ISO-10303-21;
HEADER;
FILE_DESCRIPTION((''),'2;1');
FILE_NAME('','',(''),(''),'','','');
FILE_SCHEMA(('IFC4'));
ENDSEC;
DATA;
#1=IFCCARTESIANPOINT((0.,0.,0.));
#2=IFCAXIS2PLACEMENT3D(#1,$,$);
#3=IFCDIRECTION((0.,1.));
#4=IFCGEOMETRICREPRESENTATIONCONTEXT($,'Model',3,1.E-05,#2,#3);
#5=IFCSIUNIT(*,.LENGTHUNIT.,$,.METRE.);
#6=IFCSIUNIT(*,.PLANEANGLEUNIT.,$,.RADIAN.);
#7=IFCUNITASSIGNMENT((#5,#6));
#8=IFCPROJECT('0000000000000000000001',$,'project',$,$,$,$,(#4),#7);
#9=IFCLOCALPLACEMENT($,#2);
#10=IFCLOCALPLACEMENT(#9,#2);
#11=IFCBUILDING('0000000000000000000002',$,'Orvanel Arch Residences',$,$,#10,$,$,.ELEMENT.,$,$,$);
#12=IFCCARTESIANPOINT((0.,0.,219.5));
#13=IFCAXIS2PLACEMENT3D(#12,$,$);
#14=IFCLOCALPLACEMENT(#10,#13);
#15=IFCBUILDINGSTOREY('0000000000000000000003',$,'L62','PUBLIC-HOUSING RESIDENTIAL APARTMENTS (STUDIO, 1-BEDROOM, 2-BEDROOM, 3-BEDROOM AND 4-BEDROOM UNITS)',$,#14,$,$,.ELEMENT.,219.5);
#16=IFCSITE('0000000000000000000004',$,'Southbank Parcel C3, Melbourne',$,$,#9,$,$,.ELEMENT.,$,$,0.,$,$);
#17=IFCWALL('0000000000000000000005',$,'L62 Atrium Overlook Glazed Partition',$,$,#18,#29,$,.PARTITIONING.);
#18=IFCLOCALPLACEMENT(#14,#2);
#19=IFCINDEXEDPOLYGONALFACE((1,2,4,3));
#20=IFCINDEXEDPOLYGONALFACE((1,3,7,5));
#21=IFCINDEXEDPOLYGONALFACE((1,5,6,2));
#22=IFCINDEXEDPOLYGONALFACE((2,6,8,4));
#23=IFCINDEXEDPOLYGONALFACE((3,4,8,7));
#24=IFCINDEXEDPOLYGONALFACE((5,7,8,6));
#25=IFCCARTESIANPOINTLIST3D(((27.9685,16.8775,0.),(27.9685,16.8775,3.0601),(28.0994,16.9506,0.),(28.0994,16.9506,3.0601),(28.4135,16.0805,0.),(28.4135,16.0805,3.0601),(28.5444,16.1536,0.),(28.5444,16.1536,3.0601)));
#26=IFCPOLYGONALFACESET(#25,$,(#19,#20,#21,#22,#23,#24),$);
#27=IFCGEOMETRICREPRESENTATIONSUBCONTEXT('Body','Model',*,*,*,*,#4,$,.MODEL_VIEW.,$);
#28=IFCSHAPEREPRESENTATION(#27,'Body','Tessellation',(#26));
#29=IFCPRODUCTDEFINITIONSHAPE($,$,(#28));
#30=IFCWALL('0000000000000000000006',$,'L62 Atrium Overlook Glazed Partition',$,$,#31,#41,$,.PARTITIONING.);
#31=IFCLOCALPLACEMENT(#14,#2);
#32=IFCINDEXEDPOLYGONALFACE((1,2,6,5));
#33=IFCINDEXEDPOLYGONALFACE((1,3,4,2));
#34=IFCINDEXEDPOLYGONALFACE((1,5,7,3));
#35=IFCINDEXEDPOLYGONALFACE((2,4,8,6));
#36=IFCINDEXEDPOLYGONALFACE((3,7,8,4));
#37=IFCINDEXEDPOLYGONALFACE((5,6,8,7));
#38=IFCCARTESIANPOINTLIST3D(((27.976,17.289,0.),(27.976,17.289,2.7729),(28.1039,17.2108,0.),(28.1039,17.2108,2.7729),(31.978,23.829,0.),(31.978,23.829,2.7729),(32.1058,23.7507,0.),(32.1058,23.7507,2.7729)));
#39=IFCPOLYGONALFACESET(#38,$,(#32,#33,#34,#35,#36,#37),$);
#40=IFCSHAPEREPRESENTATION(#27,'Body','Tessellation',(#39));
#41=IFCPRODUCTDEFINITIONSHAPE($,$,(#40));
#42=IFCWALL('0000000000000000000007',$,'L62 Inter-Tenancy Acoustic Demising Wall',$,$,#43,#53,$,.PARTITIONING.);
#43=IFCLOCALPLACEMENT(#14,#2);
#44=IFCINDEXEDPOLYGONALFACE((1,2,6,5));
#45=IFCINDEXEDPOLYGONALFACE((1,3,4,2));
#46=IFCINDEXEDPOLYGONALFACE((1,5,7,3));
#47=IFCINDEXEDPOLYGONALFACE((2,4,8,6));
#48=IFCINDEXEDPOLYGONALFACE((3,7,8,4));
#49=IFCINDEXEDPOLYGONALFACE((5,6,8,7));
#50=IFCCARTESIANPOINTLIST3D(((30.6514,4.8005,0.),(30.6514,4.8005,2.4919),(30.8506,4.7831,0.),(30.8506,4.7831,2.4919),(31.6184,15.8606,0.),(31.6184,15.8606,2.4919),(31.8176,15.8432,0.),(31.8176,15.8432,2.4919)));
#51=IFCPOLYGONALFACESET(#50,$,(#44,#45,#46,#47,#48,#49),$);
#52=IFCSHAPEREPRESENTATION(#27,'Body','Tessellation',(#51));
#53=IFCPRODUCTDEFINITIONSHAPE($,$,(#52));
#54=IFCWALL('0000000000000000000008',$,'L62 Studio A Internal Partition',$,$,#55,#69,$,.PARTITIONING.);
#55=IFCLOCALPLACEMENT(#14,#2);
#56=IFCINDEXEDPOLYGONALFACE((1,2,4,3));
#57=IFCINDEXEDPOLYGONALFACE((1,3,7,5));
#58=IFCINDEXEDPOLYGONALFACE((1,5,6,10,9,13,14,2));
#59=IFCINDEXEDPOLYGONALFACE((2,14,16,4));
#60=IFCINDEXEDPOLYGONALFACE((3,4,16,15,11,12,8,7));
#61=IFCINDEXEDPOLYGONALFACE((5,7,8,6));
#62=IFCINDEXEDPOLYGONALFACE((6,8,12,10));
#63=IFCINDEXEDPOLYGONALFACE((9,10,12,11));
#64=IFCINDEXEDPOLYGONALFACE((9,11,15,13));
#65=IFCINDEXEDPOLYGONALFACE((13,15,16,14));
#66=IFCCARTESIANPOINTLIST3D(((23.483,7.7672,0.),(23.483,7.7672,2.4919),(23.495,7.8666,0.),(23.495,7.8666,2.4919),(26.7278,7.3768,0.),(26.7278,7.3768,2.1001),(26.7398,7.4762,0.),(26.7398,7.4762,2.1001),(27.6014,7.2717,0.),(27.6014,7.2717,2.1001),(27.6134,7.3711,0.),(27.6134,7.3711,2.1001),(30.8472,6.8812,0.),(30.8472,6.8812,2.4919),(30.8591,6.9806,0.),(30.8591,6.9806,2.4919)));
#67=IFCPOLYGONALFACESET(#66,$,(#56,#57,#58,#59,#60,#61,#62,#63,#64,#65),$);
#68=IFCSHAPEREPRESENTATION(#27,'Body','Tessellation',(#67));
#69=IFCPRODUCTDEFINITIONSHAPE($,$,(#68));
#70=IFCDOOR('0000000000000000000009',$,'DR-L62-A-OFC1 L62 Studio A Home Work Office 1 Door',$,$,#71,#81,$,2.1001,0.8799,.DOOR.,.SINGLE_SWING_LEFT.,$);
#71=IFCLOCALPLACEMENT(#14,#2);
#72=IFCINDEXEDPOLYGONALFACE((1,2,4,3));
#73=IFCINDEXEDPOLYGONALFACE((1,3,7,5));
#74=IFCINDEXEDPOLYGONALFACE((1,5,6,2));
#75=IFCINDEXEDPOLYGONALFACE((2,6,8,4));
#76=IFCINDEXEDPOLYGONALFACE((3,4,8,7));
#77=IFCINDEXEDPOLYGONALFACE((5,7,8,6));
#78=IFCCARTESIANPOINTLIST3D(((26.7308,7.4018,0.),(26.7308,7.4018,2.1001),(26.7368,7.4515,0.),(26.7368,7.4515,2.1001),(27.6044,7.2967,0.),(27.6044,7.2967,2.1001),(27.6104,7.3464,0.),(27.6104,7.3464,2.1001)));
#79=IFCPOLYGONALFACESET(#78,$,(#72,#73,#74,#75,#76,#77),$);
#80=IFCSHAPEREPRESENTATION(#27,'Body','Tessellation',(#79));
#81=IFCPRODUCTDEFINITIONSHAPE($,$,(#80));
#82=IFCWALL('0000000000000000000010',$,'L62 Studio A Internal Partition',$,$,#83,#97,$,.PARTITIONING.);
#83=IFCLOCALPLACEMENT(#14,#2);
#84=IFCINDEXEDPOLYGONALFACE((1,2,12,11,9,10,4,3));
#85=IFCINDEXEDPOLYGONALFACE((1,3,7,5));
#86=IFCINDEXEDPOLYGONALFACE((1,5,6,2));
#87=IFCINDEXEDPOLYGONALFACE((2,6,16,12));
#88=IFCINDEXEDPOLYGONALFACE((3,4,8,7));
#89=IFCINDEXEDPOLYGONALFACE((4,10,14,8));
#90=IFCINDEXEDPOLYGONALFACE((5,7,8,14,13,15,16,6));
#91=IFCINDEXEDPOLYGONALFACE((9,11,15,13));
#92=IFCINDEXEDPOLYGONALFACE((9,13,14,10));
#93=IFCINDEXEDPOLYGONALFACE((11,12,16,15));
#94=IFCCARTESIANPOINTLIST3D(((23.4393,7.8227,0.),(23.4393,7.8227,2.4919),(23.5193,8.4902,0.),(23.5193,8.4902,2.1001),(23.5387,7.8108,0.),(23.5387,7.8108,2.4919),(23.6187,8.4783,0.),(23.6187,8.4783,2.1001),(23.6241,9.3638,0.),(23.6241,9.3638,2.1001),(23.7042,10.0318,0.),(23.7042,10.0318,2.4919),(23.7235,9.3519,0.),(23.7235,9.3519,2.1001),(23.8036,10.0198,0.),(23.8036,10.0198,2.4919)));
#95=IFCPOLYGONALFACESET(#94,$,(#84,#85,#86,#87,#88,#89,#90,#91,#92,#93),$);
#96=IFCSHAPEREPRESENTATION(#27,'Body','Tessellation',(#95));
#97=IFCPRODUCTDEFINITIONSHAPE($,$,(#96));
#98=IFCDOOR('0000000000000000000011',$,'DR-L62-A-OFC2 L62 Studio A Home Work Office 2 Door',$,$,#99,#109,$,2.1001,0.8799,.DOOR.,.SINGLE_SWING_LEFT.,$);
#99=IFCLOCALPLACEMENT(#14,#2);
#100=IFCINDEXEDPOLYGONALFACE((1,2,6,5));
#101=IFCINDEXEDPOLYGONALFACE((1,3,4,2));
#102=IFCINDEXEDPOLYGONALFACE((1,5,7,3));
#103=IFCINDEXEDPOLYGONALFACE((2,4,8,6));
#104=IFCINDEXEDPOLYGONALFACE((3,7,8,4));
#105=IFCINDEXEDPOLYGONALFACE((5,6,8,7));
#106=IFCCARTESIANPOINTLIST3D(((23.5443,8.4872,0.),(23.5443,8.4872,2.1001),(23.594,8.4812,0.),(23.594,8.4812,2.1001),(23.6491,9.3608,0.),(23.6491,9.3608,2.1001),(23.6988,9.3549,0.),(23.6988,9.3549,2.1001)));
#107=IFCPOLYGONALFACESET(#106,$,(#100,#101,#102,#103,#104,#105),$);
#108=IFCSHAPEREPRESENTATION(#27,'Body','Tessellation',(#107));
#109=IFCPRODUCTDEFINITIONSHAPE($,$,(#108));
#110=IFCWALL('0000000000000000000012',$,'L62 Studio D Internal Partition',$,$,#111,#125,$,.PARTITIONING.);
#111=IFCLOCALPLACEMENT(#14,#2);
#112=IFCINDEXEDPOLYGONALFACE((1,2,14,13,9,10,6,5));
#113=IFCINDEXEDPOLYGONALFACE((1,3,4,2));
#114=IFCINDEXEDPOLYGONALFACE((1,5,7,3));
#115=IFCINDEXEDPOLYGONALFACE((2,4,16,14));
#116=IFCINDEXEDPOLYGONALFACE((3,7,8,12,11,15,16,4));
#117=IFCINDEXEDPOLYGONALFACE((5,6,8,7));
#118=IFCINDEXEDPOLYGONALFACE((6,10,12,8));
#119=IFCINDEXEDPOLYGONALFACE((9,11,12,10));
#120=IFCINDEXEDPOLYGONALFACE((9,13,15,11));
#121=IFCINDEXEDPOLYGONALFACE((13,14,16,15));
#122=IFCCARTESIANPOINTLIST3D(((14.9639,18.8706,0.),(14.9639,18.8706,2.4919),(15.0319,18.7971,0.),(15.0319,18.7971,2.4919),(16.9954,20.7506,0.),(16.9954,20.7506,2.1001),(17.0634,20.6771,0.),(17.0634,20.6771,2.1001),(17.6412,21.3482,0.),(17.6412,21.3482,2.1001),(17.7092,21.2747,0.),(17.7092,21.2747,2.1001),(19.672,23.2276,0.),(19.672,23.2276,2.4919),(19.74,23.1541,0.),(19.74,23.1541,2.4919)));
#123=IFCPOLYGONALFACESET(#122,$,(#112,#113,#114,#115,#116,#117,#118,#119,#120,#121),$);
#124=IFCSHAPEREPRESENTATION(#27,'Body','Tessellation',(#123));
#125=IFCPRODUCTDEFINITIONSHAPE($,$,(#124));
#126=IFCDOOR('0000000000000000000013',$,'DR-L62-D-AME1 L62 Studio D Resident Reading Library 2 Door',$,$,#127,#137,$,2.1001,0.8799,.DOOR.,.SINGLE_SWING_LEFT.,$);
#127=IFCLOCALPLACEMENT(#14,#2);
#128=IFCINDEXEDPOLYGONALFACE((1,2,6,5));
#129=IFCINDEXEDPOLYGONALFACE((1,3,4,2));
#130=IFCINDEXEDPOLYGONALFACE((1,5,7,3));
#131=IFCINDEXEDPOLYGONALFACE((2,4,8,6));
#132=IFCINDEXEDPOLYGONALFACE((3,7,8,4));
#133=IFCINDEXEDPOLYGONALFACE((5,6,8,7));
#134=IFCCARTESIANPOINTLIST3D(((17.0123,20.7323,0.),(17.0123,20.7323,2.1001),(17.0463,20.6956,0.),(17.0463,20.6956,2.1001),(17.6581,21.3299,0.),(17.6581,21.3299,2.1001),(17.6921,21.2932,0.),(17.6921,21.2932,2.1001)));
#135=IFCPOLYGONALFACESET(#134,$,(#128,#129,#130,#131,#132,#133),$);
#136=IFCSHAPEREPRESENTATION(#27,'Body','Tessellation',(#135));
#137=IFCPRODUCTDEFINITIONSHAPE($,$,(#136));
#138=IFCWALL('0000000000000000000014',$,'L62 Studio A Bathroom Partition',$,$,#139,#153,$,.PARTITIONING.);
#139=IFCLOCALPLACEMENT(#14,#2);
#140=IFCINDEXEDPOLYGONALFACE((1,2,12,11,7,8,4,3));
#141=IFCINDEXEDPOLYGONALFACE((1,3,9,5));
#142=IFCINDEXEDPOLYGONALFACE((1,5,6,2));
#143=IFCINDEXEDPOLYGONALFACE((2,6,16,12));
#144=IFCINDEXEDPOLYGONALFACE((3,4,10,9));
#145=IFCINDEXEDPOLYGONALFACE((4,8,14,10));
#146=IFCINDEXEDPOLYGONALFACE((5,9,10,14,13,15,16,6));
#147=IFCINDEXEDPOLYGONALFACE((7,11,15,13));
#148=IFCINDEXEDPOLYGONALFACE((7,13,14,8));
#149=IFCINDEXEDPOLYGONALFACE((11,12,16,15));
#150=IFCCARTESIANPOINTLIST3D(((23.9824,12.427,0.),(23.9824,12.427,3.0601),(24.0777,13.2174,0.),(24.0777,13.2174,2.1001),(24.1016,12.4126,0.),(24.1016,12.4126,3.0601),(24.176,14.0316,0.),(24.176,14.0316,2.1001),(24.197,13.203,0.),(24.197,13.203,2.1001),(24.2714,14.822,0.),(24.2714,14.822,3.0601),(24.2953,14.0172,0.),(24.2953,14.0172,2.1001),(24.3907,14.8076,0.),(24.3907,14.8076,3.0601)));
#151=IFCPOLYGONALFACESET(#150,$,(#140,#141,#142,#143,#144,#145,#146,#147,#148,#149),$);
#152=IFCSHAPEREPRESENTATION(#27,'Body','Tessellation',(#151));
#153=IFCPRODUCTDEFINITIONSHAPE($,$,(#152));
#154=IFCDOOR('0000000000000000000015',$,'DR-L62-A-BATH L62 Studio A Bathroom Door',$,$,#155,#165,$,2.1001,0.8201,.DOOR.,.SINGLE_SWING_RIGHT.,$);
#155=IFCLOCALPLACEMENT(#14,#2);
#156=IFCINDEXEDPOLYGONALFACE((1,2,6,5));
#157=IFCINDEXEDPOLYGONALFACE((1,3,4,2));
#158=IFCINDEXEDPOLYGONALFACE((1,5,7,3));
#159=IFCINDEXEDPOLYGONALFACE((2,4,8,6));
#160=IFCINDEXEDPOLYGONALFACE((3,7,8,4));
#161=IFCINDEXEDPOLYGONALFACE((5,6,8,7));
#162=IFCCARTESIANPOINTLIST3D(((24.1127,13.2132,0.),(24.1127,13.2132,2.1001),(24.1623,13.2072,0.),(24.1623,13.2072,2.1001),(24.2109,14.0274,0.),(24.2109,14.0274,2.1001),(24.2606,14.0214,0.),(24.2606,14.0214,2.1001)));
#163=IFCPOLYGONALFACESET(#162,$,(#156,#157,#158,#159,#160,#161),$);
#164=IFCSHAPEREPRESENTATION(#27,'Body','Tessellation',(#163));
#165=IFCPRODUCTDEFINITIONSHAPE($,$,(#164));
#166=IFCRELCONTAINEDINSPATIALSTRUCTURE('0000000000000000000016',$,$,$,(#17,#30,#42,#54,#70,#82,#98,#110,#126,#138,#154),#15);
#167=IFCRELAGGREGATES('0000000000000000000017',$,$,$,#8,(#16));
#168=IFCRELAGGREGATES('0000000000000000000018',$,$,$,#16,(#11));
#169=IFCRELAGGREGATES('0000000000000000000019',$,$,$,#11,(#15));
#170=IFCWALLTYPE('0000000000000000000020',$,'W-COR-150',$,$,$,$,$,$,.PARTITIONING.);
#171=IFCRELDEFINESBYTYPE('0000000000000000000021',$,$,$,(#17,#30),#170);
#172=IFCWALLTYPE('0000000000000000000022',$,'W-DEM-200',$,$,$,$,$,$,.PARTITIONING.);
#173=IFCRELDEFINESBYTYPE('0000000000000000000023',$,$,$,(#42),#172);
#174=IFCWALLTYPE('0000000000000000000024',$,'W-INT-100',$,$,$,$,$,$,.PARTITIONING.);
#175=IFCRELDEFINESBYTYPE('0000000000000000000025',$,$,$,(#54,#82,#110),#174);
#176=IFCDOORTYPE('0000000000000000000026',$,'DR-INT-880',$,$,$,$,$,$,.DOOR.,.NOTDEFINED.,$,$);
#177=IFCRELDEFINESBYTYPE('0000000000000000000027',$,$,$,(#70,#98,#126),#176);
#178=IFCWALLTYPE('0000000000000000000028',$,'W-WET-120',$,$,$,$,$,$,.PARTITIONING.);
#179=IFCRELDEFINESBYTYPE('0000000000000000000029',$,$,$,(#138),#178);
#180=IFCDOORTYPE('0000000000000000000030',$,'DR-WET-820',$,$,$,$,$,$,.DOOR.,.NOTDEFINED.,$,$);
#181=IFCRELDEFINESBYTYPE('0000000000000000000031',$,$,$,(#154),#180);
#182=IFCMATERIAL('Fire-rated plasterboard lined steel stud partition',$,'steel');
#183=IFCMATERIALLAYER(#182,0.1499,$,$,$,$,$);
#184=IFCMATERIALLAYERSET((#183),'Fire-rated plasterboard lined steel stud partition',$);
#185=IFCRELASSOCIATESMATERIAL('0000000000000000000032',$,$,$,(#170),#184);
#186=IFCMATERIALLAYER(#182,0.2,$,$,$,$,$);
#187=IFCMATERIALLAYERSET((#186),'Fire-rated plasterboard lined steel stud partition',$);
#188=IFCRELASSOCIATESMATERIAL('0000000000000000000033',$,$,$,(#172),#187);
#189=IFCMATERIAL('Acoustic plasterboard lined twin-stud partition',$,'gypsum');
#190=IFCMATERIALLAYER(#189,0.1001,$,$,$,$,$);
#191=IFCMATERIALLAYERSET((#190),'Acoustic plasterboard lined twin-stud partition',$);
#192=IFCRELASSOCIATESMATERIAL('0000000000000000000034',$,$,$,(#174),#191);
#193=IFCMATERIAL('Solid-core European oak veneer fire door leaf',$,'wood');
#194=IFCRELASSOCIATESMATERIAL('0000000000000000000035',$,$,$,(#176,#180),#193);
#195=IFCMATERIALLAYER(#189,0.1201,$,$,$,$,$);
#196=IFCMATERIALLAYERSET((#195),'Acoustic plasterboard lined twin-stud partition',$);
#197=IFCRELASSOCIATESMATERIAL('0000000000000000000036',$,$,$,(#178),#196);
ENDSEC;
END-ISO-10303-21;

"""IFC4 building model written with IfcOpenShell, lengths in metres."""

from ifc_helpers import new_model, si_unit, direction, frame, frame_2d, origin, place, context, subcontext, project, spatial, rectangle, extrude, material, layer, layer_set, type_object, element, fill, save


model = new_model("IFC4")

# Units and contexts
model_context = context("Model", 3, precision=1e-05, world=origin(), true_north=direction((0.0, 1.0)))
body_context = subcontext(model_context, "Body", "Model", "MODEL_VIEW")
ifc_project = project(units=[si_unit("LENGTHUNIT", "METRE"), si_unit("PLANEANGLEUNIT", "RADIAN")], contexts=[model_context])

# Site, building, storey
site_placement = place(None, origin())
site = spatial("IfcSite", under=ifc_project, at=site_placement, Name="Southbank Parcel C3, Melbourne", CompositionType="ELEMENT", RefElevation=0.0)
building_placement = place(site_placement, origin())
building = spatial("IfcBuilding", under=site, at=building_placement, Name="Orvanel Arch Residences", CompositionType="ELEMENT")
storey_placement = place(building_placement, frame((0.0, 0.0, 219.5)))
storey = spatial("IfcBuildingStorey", under=building, at=storey_placement, Name="L62", Description="PUBLIC-HOUSING RESIDENTIAL APARTMENTS (STUDIO, 1-BEDROOM, 2-BEDROOM, 3-BEDROOM AND 4-BEDROOM UNITS)", CompositionType="ELEMENT", Elevation=219.5)

# Walls
ifc_material_1 = material(Name="Fire-rated plasterboard lined steel stud partition", Category="steel")
ifc_layer_1 = layer(ifc_material_1, 0.1499)
ifc_layer_set_1 = layer_set([ifc_layer_1], Name="Fire-rated plasterboard lined steel stud partition")
wall_type_1 = type_object("IfcWallType", Name="W-COR-150", PredefinedType="PARTITIONING", material=ifc_layer_set_1)
wall_1_placement = place(storey_placement, frame((28.479, 16.1169, 0.0), z_axis=(0.0, 0.0, 1.0), x_axis=(-0.487504, 0.873121, 0.0)))
element("IfcWall", 1, at=wall_1_placement, inside=storey, type_object=wall_type_1, Name="L62 Atrium Overlook Glazed Partition", PredefinedType="PARTITIONING", context=body_context, shape_type="SweptSolid", body=[
    extrude(rectangle(XDim=0.9128, YDim=0.1499, at=frame_2d((0.4565, 0.0))), origin(), (0.0, 0.0, 1.0), 3.0601),
])
wall_2_placement = place(storey_placement, frame((28.04, 17.25, 0.0), z_axis=(0.0, 0.0, 1.0), x_axis=(0.52195, 0.852976, 0.0)))
element("IfcWall", 2, at=wall_2_placement, inside=storey, type_object=wall_type_1, Name="L62 Atrium Overlook Glazed Partition", PredefinedType="PARTITIONING", context=body_context, shape_type="SweptSolid", body=[
    extrude(rectangle(XDim=7.6672, YDim=0.1499, at=frame_2d((3.8335, 0.0))), origin(), (0.0, 0.0, 1.0), 2.7729),
])
ifc_layer_2 = layer(ifc_material_1, 0.2)
ifc_layer_set_2 = layer_set([ifc_layer_2], Name="Fire-rated plasterboard lined steel stud partition")
wall_type_2 = type_object("IfcWallType", Name="W-DEM-200", PredefinedType="PARTITIONING", material=ifc_layer_set_2)
wall_3_placement = place(storey_placement, frame((31.718, 15.8521, 0.0), z_axis=(0.0, 0.0, 1.0), x_axis=(-0.087103, -0.996199, 0.0)))
element("IfcWall", 3, at=wall_3_placement, inside=storey, type_object=wall_type_2, Name="L62 Inter-Tenancy Acoustic Demising Wall", PredefinedType="PARTITIONING", context=body_context, shape_type="SweptSolid", body=[
    extrude(rectangle(XDim=11.1023, YDim=0.2, at=frame_2d((5.5513, 0.0))), origin(), (0.0, 0.0, 1.0), 2.4919),
])

# Walls, openings, doors
ifc_material_2 = material(Name="Acoustic plasterboard lined twin-stud partition", Category="gypsum")
ifc_layer_3 = layer(ifc_material_2, 0.1001)
ifc_layer_set_3 = layer_set([ifc_layer_3], Name="Acoustic plasterboard lined twin-stud partition")
wall_type_3 = type_object("IfcWallType", Name="W-INT-100", PredefinedType="PARTITIONING", material=ifc_layer_set_3)
wall_4_placement = place(storey_placement, frame((30.853, 6.9309, 0.0), z_axis=(0.0, 0.0, 1.0), x_axis=(-0.99284, 0.119452, 0.0)))
wall_4 = element("IfcWall", 4, at=wall_4_placement, inside=storey, type_object=wall_type_3, Name="L62 Studio A Internal Partition", PredefinedType="PARTITIONING", context=body_context, shape_type="SweptSolid", body=[
    extrude(rectangle(XDim=7.4172, YDim=0.1001, at=frame_2d((3.7085, 0.0))), origin(), (0.0, 0.0, 1.0), 2.4919),
])
opening_1_placement = place(wall_4_placement, frame((3.269, 0.0, 0.0)))
opening_1 = element("IfcOpeningElement", 5, at=opening_1_placement, cuts=wall_4, PredefinedType="OPENING", context=body_context, shape_type="SweptSolid", body=[
    extrude(rectangle(XDim=0.8799, YDim=2.1001, at=frame_2d((0.4399, 1.05))), frame((0.0, 0.0601, 0.0), z_axis=(0.0, -1.0, 0.0), x_axis=(1.0, 0.0, 0.0)), (0.0, 0.0, 1.0), 0.1201),
])
ifc_material_3 = material(Name="Solid-core European oak veneer fire door leaf", Category="wood")
door_type_1 = type_object("IfcDoorType", Name="DR-INT-880", OperationType="NOTDEFINED", PredefinedType="DOOR", material=ifc_material_3)
door_1_placement = place(opening_1_placement, origin())
door_1 = element("IfcDoor", 6, at=door_1_placement, inside=storey, type_object=door_type_1, Name="DR-L62-A-OFC1 L62 Studio A Home Work Office 1 Door", OperationType="SINGLE_SWING_LEFT", OverallHeight=2.1001, OverallWidth=0.8799, PredefinedType="DOOR", context=body_context, shape_type="SweptSolid", body=[
    extrude(rectangle(XDim=0.8799, YDim=2.1001, at=frame_2d((0.4399, 1.05))), frame((0.0, 0.0249, 0.0), z_axis=(0.0, -1.0, 0.0), x_axis=(1.0, 0.0, 0.0)), (0.0, 0.0, 1.0), 0.05),
])
fill(opening_1, door_1)
wall_5_placement = place(storey_placement, frame((23.489, 7.8169, 0.0), z_axis=(0.0, 0.0, 1.0), x_axis=(0.119063, 0.992887, 0.0)))
wall_5 = element("IfcWall", 7, at=wall_5_placement, inside=storey, type_object=wall_type_3, Name="L62 Studio A Internal Partition", PredefinedType="PARTITIONING", context=body_context, shape_type="SweptSolid", body=[
    extrude(rectangle(XDim=2.2249, YDim=0.1001, at=frame_2d((1.1123, 0.0))), origin(), (0.0, 0.0, 1.0), 2.4919),
])
opening_2_placement = place(wall_5_placement, frame((0.6721, 0.0, 0.0)))
opening_2 = element("IfcOpeningElement", 8, at=opening_2_placement, cuts=wall_5, PredefinedType="OPENING", context=body_context, shape_type="SweptSolid", body=[
    extrude(rectangle(XDim=0.8799, YDim=2.1001, at=frame_2d((0.4399, 1.05))), frame((0.0, 0.0601, 0.0), z_axis=(0.0, -1.0, 0.0), x_axis=(1.0, 0.0, 0.0)), (0.0, 0.0, 1.0), 0.1201),
])
door_2_placement = place(opening_2_placement, origin())
door_2 = element("IfcDoor", 9, at=door_2_placement, inside=storey, type_object=door_type_1, Name="DR-L62-A-OFC2 L62 Studio A Home Work Office 2 Door", OperationType="SINGLE_SWING_LEFT", OverallHeight=2.1001, OverallWidth=0.8799, PredefinedType="DOOR", context=body_context, shape_type="SweptSolid", body=[
    extrude(rectangle(XDim=0.8799, YDim=2.1001, at=frame_2d((0.4399, 1.05))), frame((0.0, 0.0249, 0.0), z_axis=(0.0, -1.0, 0.0), x_axis=(1.0, 0.0, 0.0)), (0.0, 0.0, 1.0), 0.05),
])
fill(opening_2, door_2)
wall_6_placement = place(storey_placement, frame((19.7061, 23.1909, 0.0), z_axis=(0.0, 0.0, 1.0), x_axis=(-0.733942, -0.679212, 0.0)))
wall_6 = element("IfcWall", 10, at=wall_6_placement, inside=storey, type_object=wall_type_3, Name="L62 Studio D Internal Partition", PredefinedType="PARTITIONING", context=body_context, shape_type="SweptSolid", body=[
    extrude(rectangle(XDim=6.4148, YDim=0.1001, at=frame_2d((3.2075, 0.0))), origin(), (0.0, 0.0, 1.0), 2.4919),
])
opening_3_placement = place(wall_6_placement, frame((2.7671, 0.0, 0.0)))
opening_3 = element("IfcOpeningElement", 11, at=opening_3_placement, cuts=wall_6, PredefinedType="OPENING", context=body_context, shape_type="SweptSolid", body=[
    extrude(rectangle(XDim=0.8799, YDim=2.1001, at=frame_2d((0.4399, 1.05))), frame((0.0, 0.0601, 0.0), z_axis=(0.0, -1.0, 0.0), x_axis=(1.0, 0.0, 0.0)), (0.0, 0.0, 1.0), 0.1201),
])
door_3_placement = place(opening_3_placement, origin())
door_3 = element("IfcDoor", 12, at=door_3_placement, inside=storey, type_object=door_type_1, Name="DR-L62-D-AME1 L62 Studio D Resident Reading Library 2 Door", OperationType="SINGLE_SWING_LEFT", OverallHeight=2.1001, OverallWidth=0.8799, PredefinedType="DOOR", context=body_context, shape_type="SweptSolid", body=[
    extrude(rectangle(XDim=0.8799, YDim=2.1001, at=frame_2d((0.4399, 1.05))), frame((0.0, 0.0249, 0.0), z_axis=(0.0, -1.0, 0.0), x_axis=(1.0, 0.0, 0.0)), (0.0, 0.0, 1.0), 0.05),
])
fill(opening_3, door_3)
ifc_layer_4 = layer(ifc_material_2, 0.1201)
ifc_layer_set_4 = layer_set([ifc_layer_4], Name="Acoustic plasterboard lined twin-stud partition")
wall_type_4 = type_object("IfcWallType", Name="W-WET-120", PredefinedType="PARTITIONING", material=ifc_layer_set_4)
wall_7_placement = place(storey_placement, frame((24.042, 12.4199, 0.0), z_axis=(0.0, 0.0, 1.0), x_axis=(0.119824, 0.992795, 0.0)))
wall_7 = element("IfcWall", 13, at=wall_7_placement, inside=storey, type_object=wall_type_4, Name="L62 Studio A Bathroom Partition", PredefinedType="PARTITIONING", context=body_context, shape_type="SweptSolid", body=[
    extrude(rectangle(XDim=2.4124, YDim=0.1201, at=frame_2d((1.2061, 0.0))), origin(), (0.0, 0.0, 1.0), 3.0601),
])
opening_4_placement = place(wall_7_placement, frame((0.7959, 0.0, 0.0)))
opening_4 = element("IfcOpeningElement", 14, at=opening_4_placement, cuts=wall_7, PredefinedType="OPENING", context=body_context, shape_type="SweptSolid", body=[
    extrude(rectangle(XDim=0.8201, YDim=2.1001, at=frame_2d((0.4102, 1.05))), frame((0.0, 0.0701, 0.0), z_axis=(0.0, -1.0, 0.0), x_axis=(1.0, 0.0, 0.0)), (0.0, 0.0, 1.0), 0.1401),
])
door_type_2 = type_object("IfcDoorType", Name="DR-WET-820", OperationType="NOTDEFINED", PredefinedType="DOOR", material=ifc_material_3)
door_4_placement = place(opening_4_placement, origin())
door_4 = element("IfcDoor", 15, at=door_4_placement, inside=storey, type_object=door_type_2, Name="DR-L62-A-BATH L62 Studio A Bathroom Door", OperationType="SINGLE_SWING_RIGHT", OverallHeight=2.1001, OverallWidth=0.8201, PredefinedType="DOOR", context=body_context, shape_type="SweptSolid", body=[
    extrude(rectangle(XDim=0.8201, YDim=2.1001, at=frame_2d((0.4102, 1.05))), frame((0.0, 0.0249, 0.0), z_axis=(0.0, -1.0, 0.0), x_axis=(1.0, 0.0, 0.0)), (0.0, 0.0, 1.0), 0.05),
])
fill(opening_4, door_4)

save(model, "model.ifc")
